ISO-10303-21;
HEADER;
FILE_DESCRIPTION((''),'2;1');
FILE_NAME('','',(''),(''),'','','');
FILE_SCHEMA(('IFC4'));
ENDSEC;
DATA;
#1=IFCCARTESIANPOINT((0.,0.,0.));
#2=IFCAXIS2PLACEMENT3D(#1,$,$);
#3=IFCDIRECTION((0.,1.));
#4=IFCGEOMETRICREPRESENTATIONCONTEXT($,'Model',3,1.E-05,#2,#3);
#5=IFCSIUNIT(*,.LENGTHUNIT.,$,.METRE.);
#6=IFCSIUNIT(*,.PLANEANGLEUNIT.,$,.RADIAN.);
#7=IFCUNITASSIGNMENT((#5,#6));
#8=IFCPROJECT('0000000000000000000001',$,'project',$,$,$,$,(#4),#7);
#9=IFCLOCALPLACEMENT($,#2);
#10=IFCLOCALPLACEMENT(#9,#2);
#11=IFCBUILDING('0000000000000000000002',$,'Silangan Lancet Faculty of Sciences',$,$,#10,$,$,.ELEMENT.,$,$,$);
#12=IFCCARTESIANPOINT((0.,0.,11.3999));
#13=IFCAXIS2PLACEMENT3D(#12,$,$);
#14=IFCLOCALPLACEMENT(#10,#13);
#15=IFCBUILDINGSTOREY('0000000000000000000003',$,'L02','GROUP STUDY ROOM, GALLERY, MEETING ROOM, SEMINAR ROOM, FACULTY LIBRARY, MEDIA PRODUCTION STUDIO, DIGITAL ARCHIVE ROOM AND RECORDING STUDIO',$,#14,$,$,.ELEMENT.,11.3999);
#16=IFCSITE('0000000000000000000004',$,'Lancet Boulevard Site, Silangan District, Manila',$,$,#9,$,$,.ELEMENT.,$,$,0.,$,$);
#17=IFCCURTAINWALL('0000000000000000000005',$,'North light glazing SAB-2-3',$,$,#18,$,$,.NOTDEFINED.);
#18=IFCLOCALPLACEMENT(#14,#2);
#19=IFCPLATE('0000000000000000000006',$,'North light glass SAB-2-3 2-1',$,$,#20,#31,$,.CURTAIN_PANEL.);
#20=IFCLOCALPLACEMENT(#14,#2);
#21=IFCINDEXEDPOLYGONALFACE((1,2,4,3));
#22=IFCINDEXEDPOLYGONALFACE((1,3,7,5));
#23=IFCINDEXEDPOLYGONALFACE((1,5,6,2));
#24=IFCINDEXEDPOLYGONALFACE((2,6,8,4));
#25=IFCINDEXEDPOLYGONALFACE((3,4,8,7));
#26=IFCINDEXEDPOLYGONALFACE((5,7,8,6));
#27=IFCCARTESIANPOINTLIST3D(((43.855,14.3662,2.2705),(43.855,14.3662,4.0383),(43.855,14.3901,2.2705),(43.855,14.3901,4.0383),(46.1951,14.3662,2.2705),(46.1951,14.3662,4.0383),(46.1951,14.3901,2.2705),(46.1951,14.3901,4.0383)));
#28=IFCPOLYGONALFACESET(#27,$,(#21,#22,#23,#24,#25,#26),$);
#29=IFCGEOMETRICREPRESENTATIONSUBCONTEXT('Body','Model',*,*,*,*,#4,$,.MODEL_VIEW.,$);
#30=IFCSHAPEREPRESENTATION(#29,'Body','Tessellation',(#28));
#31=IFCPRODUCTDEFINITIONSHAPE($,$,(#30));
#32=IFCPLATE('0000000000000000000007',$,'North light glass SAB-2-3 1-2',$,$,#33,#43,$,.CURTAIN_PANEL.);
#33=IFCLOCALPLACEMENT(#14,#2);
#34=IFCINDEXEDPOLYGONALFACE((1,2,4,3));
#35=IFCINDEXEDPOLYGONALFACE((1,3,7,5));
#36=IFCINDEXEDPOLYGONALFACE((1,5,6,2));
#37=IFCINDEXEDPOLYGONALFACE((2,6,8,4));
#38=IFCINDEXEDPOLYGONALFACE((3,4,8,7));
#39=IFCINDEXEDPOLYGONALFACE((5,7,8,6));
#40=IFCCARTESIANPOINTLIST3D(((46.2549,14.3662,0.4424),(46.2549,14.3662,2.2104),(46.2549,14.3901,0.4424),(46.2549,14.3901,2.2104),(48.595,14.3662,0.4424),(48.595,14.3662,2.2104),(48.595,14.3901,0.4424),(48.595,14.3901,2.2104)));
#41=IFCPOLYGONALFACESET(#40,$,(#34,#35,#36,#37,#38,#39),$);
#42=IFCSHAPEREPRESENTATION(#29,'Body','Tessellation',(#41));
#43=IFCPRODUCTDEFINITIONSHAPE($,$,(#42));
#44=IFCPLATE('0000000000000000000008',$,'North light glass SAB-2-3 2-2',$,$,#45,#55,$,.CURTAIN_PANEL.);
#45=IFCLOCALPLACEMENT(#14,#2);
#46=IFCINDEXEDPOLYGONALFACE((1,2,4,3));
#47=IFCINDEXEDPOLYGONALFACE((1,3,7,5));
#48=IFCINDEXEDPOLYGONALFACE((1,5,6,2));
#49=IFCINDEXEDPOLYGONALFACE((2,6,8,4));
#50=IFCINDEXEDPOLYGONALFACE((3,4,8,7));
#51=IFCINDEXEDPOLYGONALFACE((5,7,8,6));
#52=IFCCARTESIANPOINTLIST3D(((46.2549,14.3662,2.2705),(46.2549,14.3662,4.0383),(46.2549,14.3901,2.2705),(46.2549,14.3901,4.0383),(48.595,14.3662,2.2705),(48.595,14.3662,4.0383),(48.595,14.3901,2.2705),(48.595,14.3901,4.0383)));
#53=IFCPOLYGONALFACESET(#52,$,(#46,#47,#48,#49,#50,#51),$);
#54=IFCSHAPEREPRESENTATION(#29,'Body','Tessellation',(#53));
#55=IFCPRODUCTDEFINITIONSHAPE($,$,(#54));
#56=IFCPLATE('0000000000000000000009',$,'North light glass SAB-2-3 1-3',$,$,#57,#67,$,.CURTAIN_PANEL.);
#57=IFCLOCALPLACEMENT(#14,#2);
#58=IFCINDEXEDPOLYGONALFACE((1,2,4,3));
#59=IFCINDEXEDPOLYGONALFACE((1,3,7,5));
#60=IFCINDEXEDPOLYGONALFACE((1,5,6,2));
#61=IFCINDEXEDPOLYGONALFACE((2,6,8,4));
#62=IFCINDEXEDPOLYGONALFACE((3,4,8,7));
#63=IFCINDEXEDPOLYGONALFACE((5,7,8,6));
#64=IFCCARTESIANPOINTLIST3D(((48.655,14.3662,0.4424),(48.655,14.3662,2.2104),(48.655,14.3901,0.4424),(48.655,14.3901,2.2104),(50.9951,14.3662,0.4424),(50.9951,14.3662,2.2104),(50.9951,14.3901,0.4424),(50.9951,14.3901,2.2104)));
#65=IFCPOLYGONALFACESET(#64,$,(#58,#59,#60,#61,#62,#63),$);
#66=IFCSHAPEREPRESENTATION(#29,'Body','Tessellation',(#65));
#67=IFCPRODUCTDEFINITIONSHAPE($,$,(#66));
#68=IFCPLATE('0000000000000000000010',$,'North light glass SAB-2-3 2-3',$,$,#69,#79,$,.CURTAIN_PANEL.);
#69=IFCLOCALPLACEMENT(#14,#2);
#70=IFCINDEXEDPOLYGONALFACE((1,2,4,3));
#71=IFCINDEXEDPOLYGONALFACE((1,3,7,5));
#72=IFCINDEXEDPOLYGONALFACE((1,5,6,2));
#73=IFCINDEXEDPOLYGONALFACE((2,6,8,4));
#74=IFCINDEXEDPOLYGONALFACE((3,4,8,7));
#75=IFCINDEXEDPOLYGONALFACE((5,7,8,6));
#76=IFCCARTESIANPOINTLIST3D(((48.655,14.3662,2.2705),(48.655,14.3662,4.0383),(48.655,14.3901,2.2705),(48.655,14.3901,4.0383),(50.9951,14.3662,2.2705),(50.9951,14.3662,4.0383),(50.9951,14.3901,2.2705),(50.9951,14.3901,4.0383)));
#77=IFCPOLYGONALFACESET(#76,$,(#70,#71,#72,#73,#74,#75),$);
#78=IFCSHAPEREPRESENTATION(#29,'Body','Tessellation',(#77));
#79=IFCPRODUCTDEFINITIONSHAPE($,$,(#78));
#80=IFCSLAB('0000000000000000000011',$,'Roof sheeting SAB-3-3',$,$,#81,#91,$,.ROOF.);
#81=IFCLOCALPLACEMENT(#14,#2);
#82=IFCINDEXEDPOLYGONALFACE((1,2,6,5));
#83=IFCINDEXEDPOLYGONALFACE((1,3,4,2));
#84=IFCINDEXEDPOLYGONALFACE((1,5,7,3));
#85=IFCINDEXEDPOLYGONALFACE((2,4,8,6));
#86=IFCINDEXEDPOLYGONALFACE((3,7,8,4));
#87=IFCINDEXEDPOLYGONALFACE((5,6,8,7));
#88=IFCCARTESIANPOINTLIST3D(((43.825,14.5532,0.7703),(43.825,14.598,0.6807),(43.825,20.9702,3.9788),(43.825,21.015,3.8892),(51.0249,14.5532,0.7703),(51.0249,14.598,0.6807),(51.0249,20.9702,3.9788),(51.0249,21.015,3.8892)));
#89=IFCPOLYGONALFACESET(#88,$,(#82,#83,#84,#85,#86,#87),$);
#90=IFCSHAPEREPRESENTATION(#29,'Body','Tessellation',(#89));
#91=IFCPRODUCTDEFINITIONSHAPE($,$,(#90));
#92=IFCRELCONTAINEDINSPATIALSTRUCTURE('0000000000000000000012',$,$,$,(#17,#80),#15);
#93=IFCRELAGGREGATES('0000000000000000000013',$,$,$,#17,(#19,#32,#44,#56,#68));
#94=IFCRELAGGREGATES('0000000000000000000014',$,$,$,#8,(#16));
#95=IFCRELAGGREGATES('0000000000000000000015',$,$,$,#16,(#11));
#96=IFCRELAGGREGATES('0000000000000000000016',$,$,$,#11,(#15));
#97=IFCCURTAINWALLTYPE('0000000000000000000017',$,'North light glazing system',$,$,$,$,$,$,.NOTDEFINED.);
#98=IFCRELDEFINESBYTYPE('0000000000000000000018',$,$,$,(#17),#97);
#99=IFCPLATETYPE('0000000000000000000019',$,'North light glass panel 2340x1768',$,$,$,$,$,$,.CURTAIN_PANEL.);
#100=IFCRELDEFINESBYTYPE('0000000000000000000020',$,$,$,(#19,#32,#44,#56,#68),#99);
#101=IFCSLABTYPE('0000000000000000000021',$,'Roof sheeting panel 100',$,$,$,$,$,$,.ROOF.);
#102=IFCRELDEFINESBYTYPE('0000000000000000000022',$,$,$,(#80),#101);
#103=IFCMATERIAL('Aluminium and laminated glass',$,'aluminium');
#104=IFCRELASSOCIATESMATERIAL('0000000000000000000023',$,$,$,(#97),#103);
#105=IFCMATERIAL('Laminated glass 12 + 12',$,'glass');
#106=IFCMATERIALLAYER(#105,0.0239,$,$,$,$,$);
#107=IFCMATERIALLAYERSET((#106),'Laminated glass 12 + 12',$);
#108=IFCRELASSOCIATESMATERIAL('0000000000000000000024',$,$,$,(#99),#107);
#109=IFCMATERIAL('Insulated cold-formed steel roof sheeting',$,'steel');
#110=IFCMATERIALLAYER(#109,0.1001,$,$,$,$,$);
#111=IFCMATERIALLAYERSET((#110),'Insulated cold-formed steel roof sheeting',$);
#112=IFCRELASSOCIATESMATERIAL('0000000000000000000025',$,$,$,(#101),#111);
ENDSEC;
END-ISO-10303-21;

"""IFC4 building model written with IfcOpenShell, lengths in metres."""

from ifc_helpers import new_model, si_unit, direction, frame, origin, place, context, subcontext, project, spatial, polyline, outline, extrude, material, layer, layer_set, type_object, element, aggregate, save


model = new_model("IFC4")

# Units and contexts
model_context = context("Model", 3, precision=1e-05, world=origin(), true_north=direction((0.0, 1.0)))
body_context = subcontext(model_context, "Body", "Model", "MODEL_VIEW")
ifc_project = project(units=[si_unit("LENGTHUNIT", "METRE"), si_unit("PLANEANGLEUNIT", "RADIAN")], contexts=[model_context])

# Site, building, storey
site_placement = place(None, origin())
site = spatial("IfcSite", under=ifc_project, at=site_placement, Name="Lancet Boulevard Site, Silangan District, Manila", CompositionType="ELEMENT", RefElevation=0.0)
building_placement = place(site_placement, origin())
building = spatial("IfcBuilding", under=site, at=building_placement, Name="Silangan Lancet Faculty of Sciences", CompositionType="ELEMENT")
storey_placement = place(building_placement, frame((0.0, 0.0, 11.3999)))
storey = spatial("IfcBuildingStorey", under=building, at=storey_placement, Name="L02", Description="GROUP STUDY ROOM, GALLERY, MEETING ROOM, SEMINAR ROOM, FACULTY LIBRARY, MEDIA PRODUCTION STUDIO, DIGITAL ARCHIVE ROOM AND RECORDING STUDIO", CompositionType="ELEMENT", Elevation=11.3999)

# Shared definitions
ifc_material_1 = material(Name="Aluminium and laminated glass", Category="aluminium")
curtain_wall_type = type_object("IfcCurtainWallType", Name="North light glazing system", PredefinedType="NOTDEFINED", material=ifc_material_1)

# Curtain wall
curtain_wall_1_placement = place(storey_placement, origin())
curtain_wall_1 = element("IfcCurtainWall", 1, at=curtain_wall_1_placement, inside=storey, type_object=curtain_wall_type, Name="North light glazing SAB-2-3", PredefinedType="NOTDEFINED")

# Plates
ifc_material_2 = material(Name="Laminated glass 12 + 12", Category="glass")
ifc_layer_1 = layer(ifc_material_2, 0.0239)
ifc_layer_set_1 = layer_set([ifc_layer_1], Name="Laminated glass 12 + 12")
plate_type = type_object("IfcPlateType", Name="North light glass panel 2340x1768", PredefinedType="CURTAIN_PANEL", material=ifc_layer_set_1)
plate_1_placement = place(storey_placement, frame((43.855, 14.3662, 2.2705), z_axis=(0.0, -1.0, 0.0), x_axis=(1.0, 0.0, 0.0)))
plate_1 = element("IfcPlate", 2, at=plate_1_placement, type_object=plate_type, Name="North light glass SAB-2-3 2-1", PredefinedType="CURTAIN_PANEL", context=body_context, shape_type="SweptSolid", body=[
    extrude(outline(polyline([(0.0, 0.0), (2.3401, 0.0), (2.3401, 1.7678), (0.0, 1.7678), (0.0, 0.0)])), origin(), (0.0, 0.0, -1.0), 0.0239),
])
plate_2_placement = place(storey_placement, frame((46.2549, 14.3662, 0.4424), z_axis=(0.0, -1.0, 0.0), x_axis=(1.0, 0.0, 0.0)))
plate_2 = element("IfcPlate", 3, at=plate_2_placement, type_object=plate_type, Name="North light glass SAB-2-3 1-2", PredefinedType="CURTAIN_PANEL", context=body_context, shape_type="SweptSolid", body=[
    extrude(outline(polyline([(0.0, 0.0), (2.3401, 0.0), (2.3401, 1.7681), (0.0, 1.7681), (0.0, 0.0)])), origin(), (0.0, 0.0, -1.0), 0.0239),
])
plate_3_placement = place(storey_placement, frame((46.2549, 14.3662, 2.2705), z_axis=(0.0, -1.0, 0.0), x_axis=(1.0, 0.0, 0.0)))
plate_3 = element("IfcPlate", 4, at=plate_3_placement, type_object=plate_type, Name="North light glass SAB-2-3 2-2", PredefinedType="CURTAIN_PANEL", context=body_context, shape_type="SweptSolid", body=[
    extrude(outline(polyline([(0.0, 0.0), (2.3401, 0.0), (2.3401, 1.7678), (0.0, 1.7678), (0.0, 0.0)])), origin(), (0.0, 0.0, -1.0), 0.0239),
])
plate_4_placement = place(storey_placement, frame((48.655, 14.3662, 0.4424), z_axis=(0.0, -1.0, 0.0), x_axis=(1.0, 0.0, 0.0)))
plate_4 = element("IfcPlate", 5, at=plate_4_placement, type_object=plate_type, Name="North light glass SAB-2-3 1-3", PredefinedType="CURTAIN_PANEL", context=body_context, shape_type="SweptSolid", body=[
    extrude(outline(polyline([(0.0, 0.0), (2.3401, 0.0), (2.3401, 1.7681), (0.0, 1.7681), (0.0, 0.0)])), origin(), (0.0, 0.0, -1.0), 0.0239),
])
plate_5_placement = place(storey_placement, frame((48.655, 14.3662, 2.2705), z_axis=(0.0, -1.0, 0.0), x_axis=(1.0, 0.0, 0.0)))
plate_5 = element("IfcPlate", 6, at=plate_5_placement, type_object=plate_type, Name="North light glass SAB-2-3 2-3", PredefinedType="CURTAIN_PANEL", context=body_context, shape_type="SweptSolid", body=[
    extrude(outline(polyline([(0.0, 0.0), (2.3401, 0.0), (2.3401, 1.7678), (0.0, 1.7678), (0.0, 0.0)])), origin(), (0.0, 0.0, -1.0), 0.0239),
])
aggregate(curtain_wall_1, [plate_1, plate_2, plate_3, plate_4, plate_5])

# Slab
ifc_material_3 = material(Name="Insulated cold-formed steel roof sheeting", Category="steel")
ifc_layer_2 = layer(ifc_material_3, 0.1001)
ifc_layer_set_2 = layer_set([ifc_layer_2], Name="Insulated cold-formed steel roof sheeting")
slab_type = type_object("IfcSlabType", Name="Roof sheeting panel 100", PredefinedType="ROOF", material=ifc_layer_set_2)
slab_placement = place(storey_placement, frame((43.825, 14.5532, 0.7703), z_axis=(0.0, -0.447214, 0.894427), x_axis=(1.0, 0.0, 0.0)))
element("IfcSlab", 7, at=slab_placement, inside=storey, type_object=slab_type, Name="Roof sheeting SAB-3-3", PredefinedType="ROOF", context=body_context, shape_type="SweptSolid", body=[
    extrude(outline(polyline([(0.0, 0.0), (7.2, 0.0), (7.2, 7.1744), (0.0, 7.1744), (0.0, 0.0)])), origin(), (0.0, 0.0, -1.0), 0.1001),
])

save(model, "model.ifc")
